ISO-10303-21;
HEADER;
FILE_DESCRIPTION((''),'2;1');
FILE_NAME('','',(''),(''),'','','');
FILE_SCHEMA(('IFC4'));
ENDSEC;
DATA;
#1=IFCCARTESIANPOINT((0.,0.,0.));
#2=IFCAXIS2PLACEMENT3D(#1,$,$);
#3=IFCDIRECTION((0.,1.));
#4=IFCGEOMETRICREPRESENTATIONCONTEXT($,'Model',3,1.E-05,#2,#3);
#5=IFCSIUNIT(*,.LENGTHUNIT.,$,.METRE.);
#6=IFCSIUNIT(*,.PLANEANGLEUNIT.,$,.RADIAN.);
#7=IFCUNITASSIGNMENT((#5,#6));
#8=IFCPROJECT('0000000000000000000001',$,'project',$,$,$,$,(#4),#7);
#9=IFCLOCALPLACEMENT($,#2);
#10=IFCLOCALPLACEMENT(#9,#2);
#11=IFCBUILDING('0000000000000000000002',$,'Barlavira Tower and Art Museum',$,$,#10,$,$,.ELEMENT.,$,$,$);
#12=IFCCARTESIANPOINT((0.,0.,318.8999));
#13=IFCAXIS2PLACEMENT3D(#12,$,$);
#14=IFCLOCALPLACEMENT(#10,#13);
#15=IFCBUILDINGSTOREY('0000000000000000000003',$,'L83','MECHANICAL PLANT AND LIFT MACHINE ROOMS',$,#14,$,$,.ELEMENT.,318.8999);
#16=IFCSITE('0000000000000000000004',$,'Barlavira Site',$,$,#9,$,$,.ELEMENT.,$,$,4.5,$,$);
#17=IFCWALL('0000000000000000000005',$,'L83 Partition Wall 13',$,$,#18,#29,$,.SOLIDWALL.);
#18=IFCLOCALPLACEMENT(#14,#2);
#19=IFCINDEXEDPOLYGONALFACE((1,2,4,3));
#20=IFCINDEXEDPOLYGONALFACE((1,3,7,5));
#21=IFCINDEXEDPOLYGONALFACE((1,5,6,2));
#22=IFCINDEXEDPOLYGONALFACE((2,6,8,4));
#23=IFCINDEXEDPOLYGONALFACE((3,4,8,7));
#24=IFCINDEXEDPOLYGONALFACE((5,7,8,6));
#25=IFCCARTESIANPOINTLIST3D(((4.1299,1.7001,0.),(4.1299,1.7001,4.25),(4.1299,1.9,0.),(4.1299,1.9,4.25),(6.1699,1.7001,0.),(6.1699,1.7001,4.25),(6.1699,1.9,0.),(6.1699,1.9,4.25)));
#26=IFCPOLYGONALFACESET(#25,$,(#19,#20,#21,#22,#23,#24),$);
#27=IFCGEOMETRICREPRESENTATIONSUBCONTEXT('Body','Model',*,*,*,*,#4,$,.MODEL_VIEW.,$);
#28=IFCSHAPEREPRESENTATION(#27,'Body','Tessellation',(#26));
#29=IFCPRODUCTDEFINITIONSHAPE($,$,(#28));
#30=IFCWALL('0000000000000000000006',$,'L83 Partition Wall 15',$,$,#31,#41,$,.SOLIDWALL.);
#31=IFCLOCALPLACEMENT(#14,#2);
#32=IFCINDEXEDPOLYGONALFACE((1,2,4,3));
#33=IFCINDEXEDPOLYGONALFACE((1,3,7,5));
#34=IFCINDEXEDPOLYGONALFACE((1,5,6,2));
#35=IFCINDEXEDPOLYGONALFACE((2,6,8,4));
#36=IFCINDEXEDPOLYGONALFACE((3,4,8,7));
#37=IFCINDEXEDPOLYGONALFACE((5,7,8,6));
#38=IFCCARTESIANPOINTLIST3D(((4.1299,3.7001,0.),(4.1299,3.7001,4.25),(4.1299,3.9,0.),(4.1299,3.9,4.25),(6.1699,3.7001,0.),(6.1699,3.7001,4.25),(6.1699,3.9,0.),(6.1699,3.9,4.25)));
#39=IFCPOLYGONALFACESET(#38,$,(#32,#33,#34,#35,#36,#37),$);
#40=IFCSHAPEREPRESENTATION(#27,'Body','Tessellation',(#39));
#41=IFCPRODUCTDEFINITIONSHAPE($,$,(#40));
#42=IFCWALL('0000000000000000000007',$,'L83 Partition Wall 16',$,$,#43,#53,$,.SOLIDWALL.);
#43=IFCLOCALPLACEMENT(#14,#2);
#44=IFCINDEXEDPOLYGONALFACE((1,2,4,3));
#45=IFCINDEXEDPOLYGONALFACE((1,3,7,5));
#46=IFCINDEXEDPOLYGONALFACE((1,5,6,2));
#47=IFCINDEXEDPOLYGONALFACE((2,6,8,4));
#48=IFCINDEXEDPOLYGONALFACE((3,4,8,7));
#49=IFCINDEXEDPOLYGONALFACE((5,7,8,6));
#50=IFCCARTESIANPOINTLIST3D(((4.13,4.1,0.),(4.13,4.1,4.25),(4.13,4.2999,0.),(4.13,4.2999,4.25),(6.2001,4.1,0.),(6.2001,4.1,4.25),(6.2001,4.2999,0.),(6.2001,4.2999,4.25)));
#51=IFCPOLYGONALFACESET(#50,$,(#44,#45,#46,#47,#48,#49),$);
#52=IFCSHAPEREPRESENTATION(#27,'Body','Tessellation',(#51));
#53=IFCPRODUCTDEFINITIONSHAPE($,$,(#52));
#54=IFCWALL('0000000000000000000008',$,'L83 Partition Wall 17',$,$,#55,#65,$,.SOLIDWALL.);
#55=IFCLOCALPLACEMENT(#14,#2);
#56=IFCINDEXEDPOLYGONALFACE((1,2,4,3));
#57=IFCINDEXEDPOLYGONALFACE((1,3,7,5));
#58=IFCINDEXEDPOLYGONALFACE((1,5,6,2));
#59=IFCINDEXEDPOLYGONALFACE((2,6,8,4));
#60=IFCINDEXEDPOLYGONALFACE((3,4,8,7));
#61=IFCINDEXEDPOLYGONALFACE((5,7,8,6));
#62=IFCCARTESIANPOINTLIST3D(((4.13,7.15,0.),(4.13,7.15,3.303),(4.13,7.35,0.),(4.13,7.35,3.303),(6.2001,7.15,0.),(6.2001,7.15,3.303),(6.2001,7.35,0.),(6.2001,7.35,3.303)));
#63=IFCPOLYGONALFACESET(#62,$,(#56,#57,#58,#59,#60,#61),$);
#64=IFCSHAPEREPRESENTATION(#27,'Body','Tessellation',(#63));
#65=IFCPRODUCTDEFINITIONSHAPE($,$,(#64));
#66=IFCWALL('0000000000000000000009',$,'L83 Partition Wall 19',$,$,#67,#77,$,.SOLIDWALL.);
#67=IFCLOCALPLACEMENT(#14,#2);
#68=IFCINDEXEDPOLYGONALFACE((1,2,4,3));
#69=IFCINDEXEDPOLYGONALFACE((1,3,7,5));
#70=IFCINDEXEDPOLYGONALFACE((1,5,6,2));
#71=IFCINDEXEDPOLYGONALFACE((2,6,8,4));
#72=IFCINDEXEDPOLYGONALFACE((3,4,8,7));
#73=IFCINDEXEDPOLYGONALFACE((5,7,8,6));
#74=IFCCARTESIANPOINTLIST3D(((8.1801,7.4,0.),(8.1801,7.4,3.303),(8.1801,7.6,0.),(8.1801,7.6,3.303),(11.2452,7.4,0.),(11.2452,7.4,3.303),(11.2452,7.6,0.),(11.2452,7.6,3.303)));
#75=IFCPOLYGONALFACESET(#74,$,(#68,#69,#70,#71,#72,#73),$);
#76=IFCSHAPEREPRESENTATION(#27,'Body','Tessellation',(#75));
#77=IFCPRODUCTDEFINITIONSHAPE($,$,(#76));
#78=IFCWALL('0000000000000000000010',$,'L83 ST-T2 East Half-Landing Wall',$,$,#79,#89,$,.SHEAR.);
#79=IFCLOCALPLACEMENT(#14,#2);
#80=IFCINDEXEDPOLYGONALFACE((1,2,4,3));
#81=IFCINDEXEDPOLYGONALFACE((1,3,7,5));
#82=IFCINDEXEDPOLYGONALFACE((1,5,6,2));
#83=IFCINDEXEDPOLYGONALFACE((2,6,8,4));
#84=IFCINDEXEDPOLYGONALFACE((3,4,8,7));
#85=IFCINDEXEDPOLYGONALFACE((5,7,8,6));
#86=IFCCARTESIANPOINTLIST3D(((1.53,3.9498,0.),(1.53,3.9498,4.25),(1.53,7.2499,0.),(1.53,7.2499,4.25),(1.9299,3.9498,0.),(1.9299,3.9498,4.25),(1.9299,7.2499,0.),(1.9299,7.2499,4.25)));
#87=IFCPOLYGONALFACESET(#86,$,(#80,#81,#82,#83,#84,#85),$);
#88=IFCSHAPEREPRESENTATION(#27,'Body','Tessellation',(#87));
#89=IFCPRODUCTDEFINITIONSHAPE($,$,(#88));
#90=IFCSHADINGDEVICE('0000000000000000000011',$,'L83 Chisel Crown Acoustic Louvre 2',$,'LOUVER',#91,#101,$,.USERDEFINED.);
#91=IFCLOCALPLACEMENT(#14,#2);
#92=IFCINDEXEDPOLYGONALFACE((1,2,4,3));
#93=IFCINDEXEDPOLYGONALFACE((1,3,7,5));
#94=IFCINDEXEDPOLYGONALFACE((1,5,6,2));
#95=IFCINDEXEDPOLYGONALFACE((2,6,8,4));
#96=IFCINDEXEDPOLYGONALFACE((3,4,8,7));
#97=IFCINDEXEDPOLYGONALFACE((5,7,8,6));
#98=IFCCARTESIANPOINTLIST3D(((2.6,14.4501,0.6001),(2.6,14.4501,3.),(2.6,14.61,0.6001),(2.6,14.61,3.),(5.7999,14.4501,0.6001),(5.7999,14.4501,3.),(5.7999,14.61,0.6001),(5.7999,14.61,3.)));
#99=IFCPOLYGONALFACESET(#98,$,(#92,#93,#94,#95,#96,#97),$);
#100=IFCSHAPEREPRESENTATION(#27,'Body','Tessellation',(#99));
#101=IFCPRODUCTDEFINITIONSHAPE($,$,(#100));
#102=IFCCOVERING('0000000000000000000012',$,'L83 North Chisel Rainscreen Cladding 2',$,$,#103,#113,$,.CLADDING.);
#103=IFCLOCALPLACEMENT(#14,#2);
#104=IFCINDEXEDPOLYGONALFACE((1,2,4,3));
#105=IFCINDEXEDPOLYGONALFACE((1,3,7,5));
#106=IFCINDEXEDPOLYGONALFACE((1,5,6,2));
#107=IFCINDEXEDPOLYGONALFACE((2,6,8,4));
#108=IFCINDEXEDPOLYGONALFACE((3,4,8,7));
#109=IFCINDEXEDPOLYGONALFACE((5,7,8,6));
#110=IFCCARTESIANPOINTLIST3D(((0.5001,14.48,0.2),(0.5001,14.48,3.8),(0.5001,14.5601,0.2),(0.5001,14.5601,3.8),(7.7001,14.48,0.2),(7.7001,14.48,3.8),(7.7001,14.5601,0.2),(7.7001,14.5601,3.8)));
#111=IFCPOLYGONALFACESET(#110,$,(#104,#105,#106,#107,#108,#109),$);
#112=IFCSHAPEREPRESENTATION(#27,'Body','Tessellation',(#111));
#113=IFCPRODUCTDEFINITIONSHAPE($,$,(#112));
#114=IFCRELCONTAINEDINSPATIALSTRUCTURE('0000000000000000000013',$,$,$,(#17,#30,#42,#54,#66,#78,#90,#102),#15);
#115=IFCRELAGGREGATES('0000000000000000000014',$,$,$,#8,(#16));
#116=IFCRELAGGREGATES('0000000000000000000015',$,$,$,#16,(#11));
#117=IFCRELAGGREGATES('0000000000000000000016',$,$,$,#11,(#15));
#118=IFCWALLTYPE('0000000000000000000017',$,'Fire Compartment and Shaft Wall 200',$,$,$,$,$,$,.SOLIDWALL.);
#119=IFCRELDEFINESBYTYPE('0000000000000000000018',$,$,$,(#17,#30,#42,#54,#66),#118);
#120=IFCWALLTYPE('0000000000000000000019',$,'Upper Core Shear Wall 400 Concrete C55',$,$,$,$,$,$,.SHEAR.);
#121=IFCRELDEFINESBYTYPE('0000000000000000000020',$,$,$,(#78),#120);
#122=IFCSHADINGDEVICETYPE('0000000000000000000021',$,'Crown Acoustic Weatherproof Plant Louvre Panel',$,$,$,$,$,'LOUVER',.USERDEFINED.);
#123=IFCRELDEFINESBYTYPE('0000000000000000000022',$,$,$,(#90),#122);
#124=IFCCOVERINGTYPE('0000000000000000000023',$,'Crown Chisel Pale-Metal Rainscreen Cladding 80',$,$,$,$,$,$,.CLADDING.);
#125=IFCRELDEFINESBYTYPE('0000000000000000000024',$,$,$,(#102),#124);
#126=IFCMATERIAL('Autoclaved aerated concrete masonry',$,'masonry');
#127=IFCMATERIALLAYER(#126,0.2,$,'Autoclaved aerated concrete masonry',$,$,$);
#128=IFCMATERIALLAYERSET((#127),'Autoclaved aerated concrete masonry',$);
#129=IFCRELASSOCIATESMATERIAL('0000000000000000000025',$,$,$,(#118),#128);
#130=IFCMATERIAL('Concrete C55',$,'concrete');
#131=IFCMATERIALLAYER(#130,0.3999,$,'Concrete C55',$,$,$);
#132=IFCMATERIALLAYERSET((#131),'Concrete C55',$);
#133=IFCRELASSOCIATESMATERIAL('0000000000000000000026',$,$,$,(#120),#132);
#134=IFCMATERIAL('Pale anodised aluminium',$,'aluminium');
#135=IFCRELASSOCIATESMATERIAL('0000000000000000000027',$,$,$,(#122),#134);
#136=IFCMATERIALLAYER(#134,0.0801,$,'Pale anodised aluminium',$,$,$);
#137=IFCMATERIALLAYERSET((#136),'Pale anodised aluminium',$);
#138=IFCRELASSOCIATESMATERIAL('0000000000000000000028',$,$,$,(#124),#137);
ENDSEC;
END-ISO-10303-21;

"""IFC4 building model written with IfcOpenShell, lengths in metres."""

from ifc_helpers import new_model, si_unit, direction, frame, frame_2d, origin, origin_2d, place, context, subcontext, project, spatial, rectangle, extrude, material, layer, layer_set, type_object, element, save


model = new_model("IFC4")

# Units and contexts
model_context = context("Model", 3, precision=1e-05, world=origin(), true_north=direction((0.0, 1.0)))
body_context = subcontext(model_context, "Body", "Model", "MODEL_VIEW")
ifc_project = project(units=[si_unit("LENGTHUNIT", "METRE"), si_unit("PLANEANGLEUNIT", "RADIAN")], contexts=[model_context])

# Site, building, storey
site_placement = place(None, origin())
site = spatial("IfcSite", under=ifc_project, at=site_placement, Name="Barlavira Site", CompositionType="ELEMENT", RefElevation=4.5)
building_placement = place(site_placement, origin())
building = spatial("IfcBuilding", under=site, at=building_placement, Name="Barlavira Tower and Art Museum", CompositionType="ELEMENT")
storey_placement = place(building_placement, frame((0.0, 0.0, 318.8999)))
storey = spatial("IfcBuildingStorey", under=building, at=storey_placement, Name="L83", Description="MECHANICAL PLANT AND LIFT MACHINE ROOMS", CompositionType="ELEMENT", Elevation=318.8999)

# Shared definitions
ifc_material_1 = material(Name="Autoclaved aerated concrete masonry", Category="masonry")
ifc_layer_1 = layer(ifc_material_1, 0.2, Name="Autoclaved aerated concrete masonry")
ifc_layer_set_1 = layer_set([ifc_layer_1], Name="Autoclaved aerated concrete masonry")
wall_type_1 = type_object("IfcWallType", Name="Fire Compartment and Shaft Wall 200", PredefinedType="SOLIDWALL", material=ifc_layer_set_1)

# Walls
for number, where, z_axis, x_axis, name in (
    (1, (4.1299, 1.8, 0.0), (0.0, 0.0, 1.0), (1.0, 0.0, 0.0), "L83 Partition Wall 13"),
    (2, (4.1299, 3.8, 0.0), (0.0, 0.0, 1.0), (1.0, 0.0, 0.0), "L83 Partition Wall 15"),
):
    element("IfcWall", number, at=place(storey_placement, frame(where, z_axis=z_axis, x_axis=x_axis)), inside=storey, type_object=wall_type_1, Name=name, PredefinedType="SOLIDWALL", context=body_context, shape_type="SweptSolid", body=[
        extrude(rectangle(XDim=2.04, YDim=0.2, at=frame_2d((1.02, 0.0))), origin(), (0.0, 0.0, 1.0), 4.25),
    ])
wall_1_placement = place(storey_placement, frame((4.1299, 4.2, 0.0), z_axis=(0.0, 0.0, 1.0), x_axis=(1.0, 0.0, 0.0)))
element("IfcWall", 3, at=wall_1_placement, inside=storey, type_object=wall_type_1, Name="L83 Partition Wall 16", PredefinedType="SOLIDWALL", context=body_context, shape_type="SweptSolid", body=[
    extrude(rectangle(XDim=2.0701, YDim=0.2, at=frame_2d((1.0352, 0.0))), origin(), (0.0, 0.0, 1.0), 4.25),
])
wall_2_placement = place(storey_placement, frame((4.1299, 7.25, 0.0), z_axis=(0.0, 0.0, 1.0), x_axis=(1.0, 0.0, 0.0)))
element("IfcWall", 4, at=wall_2_placement, inside=storey, type_object=wall_type_1, Name="L83 Partition Wall 17", PredefinedType="SOLIDWALL", context=body_context, shape_type="SweptSolid", body=[
    extrude(rectangle(XDim=2.0701, YDim=0.2, at=frame_2d((1.0352, 0.0))), origin(), (0.0, 0.0, 1.0), 3.303),
])
wall_3_placement = place(storey_placement, frame((8.1799, 7.5, 0.0), z_axis=(0.0, 0.0, 1.0), x_axis=(1.0, 0.0, 0.0)))
element("IfcWall", 5, at=wall_3_placement, inside=storey, type_object=wall_type_1, Name="L83 Partition Wall 19", PredefinedType="SOLIDWALL", context=body_context, shape_type="SweptSolid", body=[
    extrude(rectangle(XDim=3.0652, YDim=0.2, at=frame_2d((1.5327, 0.0))), origin(), (0.0, 0.0, 1.0), 3.303),
])
ifc_material_2 = material(Name="Concrete C55", Category="concrete")
ifc_layer_2 = layer(ifc_material_2, 0.3999, Name="Concrete C55")
ifc_layer_set_2 = layer_set([ifc_layer_2], Name="Concrete C55")
wall_type_2 = type_object("IfcWallType", Name="Upper Core Shear Wall 400 Concrete C55", PredefinedType="SHEAR", material=ifc_layer_set_2)
wall_4_placement = place(storey_placement, frame((1.73, 3.95, 0.0), z_axis=(0.0, 0.0, 1.0), x_axis=(0.0, 1.0, 0.0)))
element("IfcWall", 6, at=wall_4_placement, inside=storey, type_object=wall_type_2, Name="L83 ST-T2 East Half-Landing Wall", PredefinedType="SHEAR", context=body_context, shape_type="SweptSolid", body=[
    extrude(rectangle(XDim=3.3, YDim=0.3999, at=frame_2d((1.6499, 0.0))), origin(), (0.0, 0.0, 1.0), 4.25),
])

# Shading device
ifc_material_3 = material(Name="Pale anodised aluminium", Category="aluminium")
shading_device_type = type_object("IfcShadingDeviceType", Name="Crown Acoustic Weatherproof Plant Louvre Panel", ElementType="LOUVER", PredefinedType="USERDEFINED", material=ifc_material_3)
shading_device_placement = place(storey_placement, frame((4.2, 14.53, 0.6001), z_axis=(0.0, 0.0, 1.0), x_axis=(1.0, 0.0, 0.0)))
element("IfcShadingDevice", 7, at=shading_device_placement, inside=storey, type_object=shading_device_type, Name="L83 Chisel Crown Acoustic Louvre 2", ObjectType="LOUVER", PredefinedType="USERDEFINED", context=body_context, shape_type="SweptSolid", body=[
    extrude(rectangle(XDim=3.2, YDim=0.1599, at=origin_2d()), origin(), (0.0, 0.0, 1.0), 2.3999),
])

# Covering
ifc_layer_3 = layer(ifc_material_3, 0.0801, Name="Pale anodised aluminium")
ifc_layer_set_3 = layer_set([ifc_layer_3], Name="Pale anodised aluminium")
covering_type = type_object("IfcCoveringType", Name="Crown Chisel Pale-Metal Rainscreen Cladding 80", PredefinedType="CLADDING", material=ifc_layer_set_3)
covering_placement = place(storey_placement, frame((4.1001, 14.52, 0.2), z_axis=(0.0, 0.0, 1.0), x_axis=(1.0, 0.0, 0.0)))
element("IfcCovering", 8, at=covering_placement, inside=storey, type_object=covering_type, Name="L83 North Chisel Rainscreen Cladding 2", PredefinedType="CLADDING", context=body_context, shape_type="SweptSolid", body=[
    extrude(rectangle(XDim=7.2, YDim=0.0801, at=origin_2d()), origin(), (0.0, 0.0, 1.0), 3.6001),
])

save(model, "model.ifc")
